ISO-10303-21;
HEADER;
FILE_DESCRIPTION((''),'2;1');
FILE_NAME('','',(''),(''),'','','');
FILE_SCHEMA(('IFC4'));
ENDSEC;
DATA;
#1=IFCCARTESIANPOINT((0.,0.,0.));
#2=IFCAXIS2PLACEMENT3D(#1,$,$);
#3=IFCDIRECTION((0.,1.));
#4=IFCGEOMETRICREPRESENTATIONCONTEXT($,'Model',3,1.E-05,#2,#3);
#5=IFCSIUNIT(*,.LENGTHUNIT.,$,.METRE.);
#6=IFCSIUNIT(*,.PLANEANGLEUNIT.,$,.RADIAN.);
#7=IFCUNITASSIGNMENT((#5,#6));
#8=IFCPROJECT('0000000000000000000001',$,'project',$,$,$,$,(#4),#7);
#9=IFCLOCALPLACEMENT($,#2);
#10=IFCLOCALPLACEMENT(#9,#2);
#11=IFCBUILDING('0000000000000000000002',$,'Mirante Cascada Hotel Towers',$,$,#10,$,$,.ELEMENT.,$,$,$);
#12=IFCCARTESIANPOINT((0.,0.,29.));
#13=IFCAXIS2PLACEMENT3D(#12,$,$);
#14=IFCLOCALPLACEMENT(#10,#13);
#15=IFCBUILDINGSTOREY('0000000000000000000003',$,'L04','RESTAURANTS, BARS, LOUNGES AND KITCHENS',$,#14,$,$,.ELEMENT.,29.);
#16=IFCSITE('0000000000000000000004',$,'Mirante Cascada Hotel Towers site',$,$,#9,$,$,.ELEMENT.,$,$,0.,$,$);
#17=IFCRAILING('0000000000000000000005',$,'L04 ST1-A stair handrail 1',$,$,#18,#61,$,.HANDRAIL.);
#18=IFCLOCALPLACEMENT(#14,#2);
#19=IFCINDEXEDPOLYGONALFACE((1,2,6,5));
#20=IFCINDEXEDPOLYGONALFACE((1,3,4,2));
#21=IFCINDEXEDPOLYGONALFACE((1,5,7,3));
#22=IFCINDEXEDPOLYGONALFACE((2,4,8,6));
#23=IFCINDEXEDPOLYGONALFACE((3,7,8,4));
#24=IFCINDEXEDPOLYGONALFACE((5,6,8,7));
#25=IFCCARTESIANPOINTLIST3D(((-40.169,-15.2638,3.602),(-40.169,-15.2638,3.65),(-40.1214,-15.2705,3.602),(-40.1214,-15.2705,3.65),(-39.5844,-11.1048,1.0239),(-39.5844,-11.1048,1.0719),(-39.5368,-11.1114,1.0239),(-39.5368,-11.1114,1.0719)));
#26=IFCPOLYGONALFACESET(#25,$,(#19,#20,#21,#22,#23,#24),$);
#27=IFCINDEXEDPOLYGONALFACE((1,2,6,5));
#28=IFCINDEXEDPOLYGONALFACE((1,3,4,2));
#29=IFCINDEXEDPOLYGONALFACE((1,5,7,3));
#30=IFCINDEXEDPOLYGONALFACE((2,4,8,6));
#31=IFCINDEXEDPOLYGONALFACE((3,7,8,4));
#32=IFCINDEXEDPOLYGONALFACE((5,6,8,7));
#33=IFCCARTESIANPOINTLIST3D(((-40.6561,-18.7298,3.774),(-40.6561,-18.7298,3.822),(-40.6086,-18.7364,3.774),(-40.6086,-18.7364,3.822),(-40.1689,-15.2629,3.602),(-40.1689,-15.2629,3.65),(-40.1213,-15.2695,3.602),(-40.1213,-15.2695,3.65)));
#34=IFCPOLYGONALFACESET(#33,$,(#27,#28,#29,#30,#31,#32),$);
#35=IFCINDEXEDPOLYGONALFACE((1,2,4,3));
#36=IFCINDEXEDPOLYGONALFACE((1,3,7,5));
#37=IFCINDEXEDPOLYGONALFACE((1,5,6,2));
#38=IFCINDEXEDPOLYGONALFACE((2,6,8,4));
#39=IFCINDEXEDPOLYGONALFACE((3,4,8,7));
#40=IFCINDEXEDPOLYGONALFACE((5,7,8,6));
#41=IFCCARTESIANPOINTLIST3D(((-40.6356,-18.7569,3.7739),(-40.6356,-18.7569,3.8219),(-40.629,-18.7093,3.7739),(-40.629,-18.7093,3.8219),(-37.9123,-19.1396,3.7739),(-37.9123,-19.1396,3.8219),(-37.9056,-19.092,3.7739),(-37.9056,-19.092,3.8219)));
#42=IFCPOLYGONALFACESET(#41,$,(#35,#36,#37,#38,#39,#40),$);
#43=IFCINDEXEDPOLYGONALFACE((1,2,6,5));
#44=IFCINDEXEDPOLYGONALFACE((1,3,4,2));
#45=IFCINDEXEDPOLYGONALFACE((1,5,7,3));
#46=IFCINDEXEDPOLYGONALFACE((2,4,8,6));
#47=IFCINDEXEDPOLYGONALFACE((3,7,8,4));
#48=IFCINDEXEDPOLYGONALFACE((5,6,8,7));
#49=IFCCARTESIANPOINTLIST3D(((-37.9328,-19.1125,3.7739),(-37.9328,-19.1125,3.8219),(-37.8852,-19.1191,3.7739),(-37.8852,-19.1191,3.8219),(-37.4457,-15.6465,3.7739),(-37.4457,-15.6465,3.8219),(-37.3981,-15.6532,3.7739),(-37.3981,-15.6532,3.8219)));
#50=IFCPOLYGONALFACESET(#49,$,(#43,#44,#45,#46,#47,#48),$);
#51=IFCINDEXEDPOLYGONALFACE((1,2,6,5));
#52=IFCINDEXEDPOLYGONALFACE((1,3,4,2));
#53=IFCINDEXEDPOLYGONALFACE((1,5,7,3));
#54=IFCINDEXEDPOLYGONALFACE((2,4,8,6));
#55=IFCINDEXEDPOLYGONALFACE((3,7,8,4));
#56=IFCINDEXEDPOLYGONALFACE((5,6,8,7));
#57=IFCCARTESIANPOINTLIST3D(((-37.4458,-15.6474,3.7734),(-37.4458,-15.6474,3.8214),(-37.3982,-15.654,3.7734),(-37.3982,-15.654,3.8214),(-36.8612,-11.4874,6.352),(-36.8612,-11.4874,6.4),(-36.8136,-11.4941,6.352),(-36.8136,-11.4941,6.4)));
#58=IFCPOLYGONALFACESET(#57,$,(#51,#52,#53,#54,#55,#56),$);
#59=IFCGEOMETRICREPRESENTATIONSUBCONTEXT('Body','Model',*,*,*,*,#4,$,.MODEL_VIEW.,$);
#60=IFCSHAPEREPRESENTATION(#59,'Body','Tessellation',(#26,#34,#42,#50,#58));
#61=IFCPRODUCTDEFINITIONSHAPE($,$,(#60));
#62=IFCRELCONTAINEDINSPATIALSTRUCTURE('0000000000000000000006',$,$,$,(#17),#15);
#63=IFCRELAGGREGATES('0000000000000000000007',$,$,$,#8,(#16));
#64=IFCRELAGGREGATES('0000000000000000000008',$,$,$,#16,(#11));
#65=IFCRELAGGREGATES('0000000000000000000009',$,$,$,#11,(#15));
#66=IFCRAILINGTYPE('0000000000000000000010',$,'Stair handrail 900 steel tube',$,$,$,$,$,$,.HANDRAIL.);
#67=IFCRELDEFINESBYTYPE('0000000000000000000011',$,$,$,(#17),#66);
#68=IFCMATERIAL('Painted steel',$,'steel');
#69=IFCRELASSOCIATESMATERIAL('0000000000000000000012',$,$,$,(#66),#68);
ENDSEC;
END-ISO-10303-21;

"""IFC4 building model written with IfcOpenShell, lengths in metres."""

from ifc_helpers import new_model, si_unit, direction, frame, origin, origin_2d, place, context, subcontext, project, spatial, rectangle, extrude, material, type_object, element, save


model = new_model("IFC4")

# Units and contexts
model_context = context("Model", 3, precision=1e-05, world=origin(), true_north=direction((0.0, 1.0)))
body_context = subcontext(model_context, "Body", "Model", "MODEL_VIEW")
ifc_project = project(units=[si_unit("LENGTHUNIT", "METRE"), si_unit("PLANEANGLEUNIT", "RADIAN")], contexts=[model_context])

# Site, building, storey
site_placement = place(None, origin())
site = spatial("IfcSite", under=ifc_project, at=site_placement, Name="Mirante Cascada Hotel Towers site", CompositionType="ELEMENT", RefElevation=0.0)
building_placement = place(site_placement, origin())
building = spatial("IfcBuilding", under=site, at=building_placement, Name="Mirante Cascada Hotel Towers", CompositionType="ELEMENT")
storey_placement = place(building_placement, frame((0.0, 0.0, 29.0)))
storey = spatial("IfcBuildingStorey", under=building, at=storey_placement, Name="L04", Description="RESTAURANTS, BARS, LOUNGES AND KITCHENS", CompositionType="ELEMENT", Elevation=29.0)

# Railing
ifc_material_1 = material(Name="Painted steel", Category="steel")
railing_type_1 = type_object("IfcRailingType", Name="Stair handrail 900 steel tube", PredefinedType="HANDRAIL", material=ifc_material_1)
railing_1_placement = place(storey_placement, frame((-39.5606, -11.1081, 0.1719)))
element("IfcRailing", 1, at=railing_1_placement, inside=storey, type_object=railing_type_1, Name="L04 ST1-A stair handrail 1", PredefinedType="HANDRAIL", context=body_context, shape_type="SweptSolid", body=[
    extrude(rectangle(XDim=0.048, YDim=0.048, at=origin_2d()), frame((0.0, 0.0, 0.876), z_axis=(-0.139191, -0.990266, 0.0), x_axis=(0.990266, -0.139191, 0.0)), (0.0, 0.52314, 0.852247), 4.9281),
    extrude(rectangle(XDim=0.048, YDim=0.048, at=origin_2d()), frame((-0.5845, -4.1581, 3.4541), z_axis=(-0.139173, -0.990268, 0.0), x_axis=(0.990268, -0.139173, 0.0)), (0.0, 0.049056, 0.998796), 3.5052),
    extrude(rectangle(XDim=0.048, YDim=0.048, at=origin_2d()), frame((-1.0717, -7.625, 3.626), z_axis=(0.99027, -0.139161, 0.0), x_axis=(0.139161, 0.99027, 0.0)), (0.0, 0.0, 1.0), 2.7501),
    extrude(rectangle(XDim=0.048, YDim=0.048, at=origin_2d()), frame((1.6516, -8.0077, 3.626), z_axis=(0.139173, 0.990268, 0.0), x_axis=(-0.990268, 0.139173, 0.0)), (0.0, 0.0, 1.0), 3.5),
    extrude(rectangle(XDim=0.048, YDim=0.048, at=origin_2d()), frame((2.1386, -4.5426, 3.6255), z_axis=(0.139168, 0.990269, 0.0), x_axis=(-0.990269, 0.139168, 0.0)), (0.0, 0.523141, 0.852246), 4.9291),
])

save(model, "model.ifc")
